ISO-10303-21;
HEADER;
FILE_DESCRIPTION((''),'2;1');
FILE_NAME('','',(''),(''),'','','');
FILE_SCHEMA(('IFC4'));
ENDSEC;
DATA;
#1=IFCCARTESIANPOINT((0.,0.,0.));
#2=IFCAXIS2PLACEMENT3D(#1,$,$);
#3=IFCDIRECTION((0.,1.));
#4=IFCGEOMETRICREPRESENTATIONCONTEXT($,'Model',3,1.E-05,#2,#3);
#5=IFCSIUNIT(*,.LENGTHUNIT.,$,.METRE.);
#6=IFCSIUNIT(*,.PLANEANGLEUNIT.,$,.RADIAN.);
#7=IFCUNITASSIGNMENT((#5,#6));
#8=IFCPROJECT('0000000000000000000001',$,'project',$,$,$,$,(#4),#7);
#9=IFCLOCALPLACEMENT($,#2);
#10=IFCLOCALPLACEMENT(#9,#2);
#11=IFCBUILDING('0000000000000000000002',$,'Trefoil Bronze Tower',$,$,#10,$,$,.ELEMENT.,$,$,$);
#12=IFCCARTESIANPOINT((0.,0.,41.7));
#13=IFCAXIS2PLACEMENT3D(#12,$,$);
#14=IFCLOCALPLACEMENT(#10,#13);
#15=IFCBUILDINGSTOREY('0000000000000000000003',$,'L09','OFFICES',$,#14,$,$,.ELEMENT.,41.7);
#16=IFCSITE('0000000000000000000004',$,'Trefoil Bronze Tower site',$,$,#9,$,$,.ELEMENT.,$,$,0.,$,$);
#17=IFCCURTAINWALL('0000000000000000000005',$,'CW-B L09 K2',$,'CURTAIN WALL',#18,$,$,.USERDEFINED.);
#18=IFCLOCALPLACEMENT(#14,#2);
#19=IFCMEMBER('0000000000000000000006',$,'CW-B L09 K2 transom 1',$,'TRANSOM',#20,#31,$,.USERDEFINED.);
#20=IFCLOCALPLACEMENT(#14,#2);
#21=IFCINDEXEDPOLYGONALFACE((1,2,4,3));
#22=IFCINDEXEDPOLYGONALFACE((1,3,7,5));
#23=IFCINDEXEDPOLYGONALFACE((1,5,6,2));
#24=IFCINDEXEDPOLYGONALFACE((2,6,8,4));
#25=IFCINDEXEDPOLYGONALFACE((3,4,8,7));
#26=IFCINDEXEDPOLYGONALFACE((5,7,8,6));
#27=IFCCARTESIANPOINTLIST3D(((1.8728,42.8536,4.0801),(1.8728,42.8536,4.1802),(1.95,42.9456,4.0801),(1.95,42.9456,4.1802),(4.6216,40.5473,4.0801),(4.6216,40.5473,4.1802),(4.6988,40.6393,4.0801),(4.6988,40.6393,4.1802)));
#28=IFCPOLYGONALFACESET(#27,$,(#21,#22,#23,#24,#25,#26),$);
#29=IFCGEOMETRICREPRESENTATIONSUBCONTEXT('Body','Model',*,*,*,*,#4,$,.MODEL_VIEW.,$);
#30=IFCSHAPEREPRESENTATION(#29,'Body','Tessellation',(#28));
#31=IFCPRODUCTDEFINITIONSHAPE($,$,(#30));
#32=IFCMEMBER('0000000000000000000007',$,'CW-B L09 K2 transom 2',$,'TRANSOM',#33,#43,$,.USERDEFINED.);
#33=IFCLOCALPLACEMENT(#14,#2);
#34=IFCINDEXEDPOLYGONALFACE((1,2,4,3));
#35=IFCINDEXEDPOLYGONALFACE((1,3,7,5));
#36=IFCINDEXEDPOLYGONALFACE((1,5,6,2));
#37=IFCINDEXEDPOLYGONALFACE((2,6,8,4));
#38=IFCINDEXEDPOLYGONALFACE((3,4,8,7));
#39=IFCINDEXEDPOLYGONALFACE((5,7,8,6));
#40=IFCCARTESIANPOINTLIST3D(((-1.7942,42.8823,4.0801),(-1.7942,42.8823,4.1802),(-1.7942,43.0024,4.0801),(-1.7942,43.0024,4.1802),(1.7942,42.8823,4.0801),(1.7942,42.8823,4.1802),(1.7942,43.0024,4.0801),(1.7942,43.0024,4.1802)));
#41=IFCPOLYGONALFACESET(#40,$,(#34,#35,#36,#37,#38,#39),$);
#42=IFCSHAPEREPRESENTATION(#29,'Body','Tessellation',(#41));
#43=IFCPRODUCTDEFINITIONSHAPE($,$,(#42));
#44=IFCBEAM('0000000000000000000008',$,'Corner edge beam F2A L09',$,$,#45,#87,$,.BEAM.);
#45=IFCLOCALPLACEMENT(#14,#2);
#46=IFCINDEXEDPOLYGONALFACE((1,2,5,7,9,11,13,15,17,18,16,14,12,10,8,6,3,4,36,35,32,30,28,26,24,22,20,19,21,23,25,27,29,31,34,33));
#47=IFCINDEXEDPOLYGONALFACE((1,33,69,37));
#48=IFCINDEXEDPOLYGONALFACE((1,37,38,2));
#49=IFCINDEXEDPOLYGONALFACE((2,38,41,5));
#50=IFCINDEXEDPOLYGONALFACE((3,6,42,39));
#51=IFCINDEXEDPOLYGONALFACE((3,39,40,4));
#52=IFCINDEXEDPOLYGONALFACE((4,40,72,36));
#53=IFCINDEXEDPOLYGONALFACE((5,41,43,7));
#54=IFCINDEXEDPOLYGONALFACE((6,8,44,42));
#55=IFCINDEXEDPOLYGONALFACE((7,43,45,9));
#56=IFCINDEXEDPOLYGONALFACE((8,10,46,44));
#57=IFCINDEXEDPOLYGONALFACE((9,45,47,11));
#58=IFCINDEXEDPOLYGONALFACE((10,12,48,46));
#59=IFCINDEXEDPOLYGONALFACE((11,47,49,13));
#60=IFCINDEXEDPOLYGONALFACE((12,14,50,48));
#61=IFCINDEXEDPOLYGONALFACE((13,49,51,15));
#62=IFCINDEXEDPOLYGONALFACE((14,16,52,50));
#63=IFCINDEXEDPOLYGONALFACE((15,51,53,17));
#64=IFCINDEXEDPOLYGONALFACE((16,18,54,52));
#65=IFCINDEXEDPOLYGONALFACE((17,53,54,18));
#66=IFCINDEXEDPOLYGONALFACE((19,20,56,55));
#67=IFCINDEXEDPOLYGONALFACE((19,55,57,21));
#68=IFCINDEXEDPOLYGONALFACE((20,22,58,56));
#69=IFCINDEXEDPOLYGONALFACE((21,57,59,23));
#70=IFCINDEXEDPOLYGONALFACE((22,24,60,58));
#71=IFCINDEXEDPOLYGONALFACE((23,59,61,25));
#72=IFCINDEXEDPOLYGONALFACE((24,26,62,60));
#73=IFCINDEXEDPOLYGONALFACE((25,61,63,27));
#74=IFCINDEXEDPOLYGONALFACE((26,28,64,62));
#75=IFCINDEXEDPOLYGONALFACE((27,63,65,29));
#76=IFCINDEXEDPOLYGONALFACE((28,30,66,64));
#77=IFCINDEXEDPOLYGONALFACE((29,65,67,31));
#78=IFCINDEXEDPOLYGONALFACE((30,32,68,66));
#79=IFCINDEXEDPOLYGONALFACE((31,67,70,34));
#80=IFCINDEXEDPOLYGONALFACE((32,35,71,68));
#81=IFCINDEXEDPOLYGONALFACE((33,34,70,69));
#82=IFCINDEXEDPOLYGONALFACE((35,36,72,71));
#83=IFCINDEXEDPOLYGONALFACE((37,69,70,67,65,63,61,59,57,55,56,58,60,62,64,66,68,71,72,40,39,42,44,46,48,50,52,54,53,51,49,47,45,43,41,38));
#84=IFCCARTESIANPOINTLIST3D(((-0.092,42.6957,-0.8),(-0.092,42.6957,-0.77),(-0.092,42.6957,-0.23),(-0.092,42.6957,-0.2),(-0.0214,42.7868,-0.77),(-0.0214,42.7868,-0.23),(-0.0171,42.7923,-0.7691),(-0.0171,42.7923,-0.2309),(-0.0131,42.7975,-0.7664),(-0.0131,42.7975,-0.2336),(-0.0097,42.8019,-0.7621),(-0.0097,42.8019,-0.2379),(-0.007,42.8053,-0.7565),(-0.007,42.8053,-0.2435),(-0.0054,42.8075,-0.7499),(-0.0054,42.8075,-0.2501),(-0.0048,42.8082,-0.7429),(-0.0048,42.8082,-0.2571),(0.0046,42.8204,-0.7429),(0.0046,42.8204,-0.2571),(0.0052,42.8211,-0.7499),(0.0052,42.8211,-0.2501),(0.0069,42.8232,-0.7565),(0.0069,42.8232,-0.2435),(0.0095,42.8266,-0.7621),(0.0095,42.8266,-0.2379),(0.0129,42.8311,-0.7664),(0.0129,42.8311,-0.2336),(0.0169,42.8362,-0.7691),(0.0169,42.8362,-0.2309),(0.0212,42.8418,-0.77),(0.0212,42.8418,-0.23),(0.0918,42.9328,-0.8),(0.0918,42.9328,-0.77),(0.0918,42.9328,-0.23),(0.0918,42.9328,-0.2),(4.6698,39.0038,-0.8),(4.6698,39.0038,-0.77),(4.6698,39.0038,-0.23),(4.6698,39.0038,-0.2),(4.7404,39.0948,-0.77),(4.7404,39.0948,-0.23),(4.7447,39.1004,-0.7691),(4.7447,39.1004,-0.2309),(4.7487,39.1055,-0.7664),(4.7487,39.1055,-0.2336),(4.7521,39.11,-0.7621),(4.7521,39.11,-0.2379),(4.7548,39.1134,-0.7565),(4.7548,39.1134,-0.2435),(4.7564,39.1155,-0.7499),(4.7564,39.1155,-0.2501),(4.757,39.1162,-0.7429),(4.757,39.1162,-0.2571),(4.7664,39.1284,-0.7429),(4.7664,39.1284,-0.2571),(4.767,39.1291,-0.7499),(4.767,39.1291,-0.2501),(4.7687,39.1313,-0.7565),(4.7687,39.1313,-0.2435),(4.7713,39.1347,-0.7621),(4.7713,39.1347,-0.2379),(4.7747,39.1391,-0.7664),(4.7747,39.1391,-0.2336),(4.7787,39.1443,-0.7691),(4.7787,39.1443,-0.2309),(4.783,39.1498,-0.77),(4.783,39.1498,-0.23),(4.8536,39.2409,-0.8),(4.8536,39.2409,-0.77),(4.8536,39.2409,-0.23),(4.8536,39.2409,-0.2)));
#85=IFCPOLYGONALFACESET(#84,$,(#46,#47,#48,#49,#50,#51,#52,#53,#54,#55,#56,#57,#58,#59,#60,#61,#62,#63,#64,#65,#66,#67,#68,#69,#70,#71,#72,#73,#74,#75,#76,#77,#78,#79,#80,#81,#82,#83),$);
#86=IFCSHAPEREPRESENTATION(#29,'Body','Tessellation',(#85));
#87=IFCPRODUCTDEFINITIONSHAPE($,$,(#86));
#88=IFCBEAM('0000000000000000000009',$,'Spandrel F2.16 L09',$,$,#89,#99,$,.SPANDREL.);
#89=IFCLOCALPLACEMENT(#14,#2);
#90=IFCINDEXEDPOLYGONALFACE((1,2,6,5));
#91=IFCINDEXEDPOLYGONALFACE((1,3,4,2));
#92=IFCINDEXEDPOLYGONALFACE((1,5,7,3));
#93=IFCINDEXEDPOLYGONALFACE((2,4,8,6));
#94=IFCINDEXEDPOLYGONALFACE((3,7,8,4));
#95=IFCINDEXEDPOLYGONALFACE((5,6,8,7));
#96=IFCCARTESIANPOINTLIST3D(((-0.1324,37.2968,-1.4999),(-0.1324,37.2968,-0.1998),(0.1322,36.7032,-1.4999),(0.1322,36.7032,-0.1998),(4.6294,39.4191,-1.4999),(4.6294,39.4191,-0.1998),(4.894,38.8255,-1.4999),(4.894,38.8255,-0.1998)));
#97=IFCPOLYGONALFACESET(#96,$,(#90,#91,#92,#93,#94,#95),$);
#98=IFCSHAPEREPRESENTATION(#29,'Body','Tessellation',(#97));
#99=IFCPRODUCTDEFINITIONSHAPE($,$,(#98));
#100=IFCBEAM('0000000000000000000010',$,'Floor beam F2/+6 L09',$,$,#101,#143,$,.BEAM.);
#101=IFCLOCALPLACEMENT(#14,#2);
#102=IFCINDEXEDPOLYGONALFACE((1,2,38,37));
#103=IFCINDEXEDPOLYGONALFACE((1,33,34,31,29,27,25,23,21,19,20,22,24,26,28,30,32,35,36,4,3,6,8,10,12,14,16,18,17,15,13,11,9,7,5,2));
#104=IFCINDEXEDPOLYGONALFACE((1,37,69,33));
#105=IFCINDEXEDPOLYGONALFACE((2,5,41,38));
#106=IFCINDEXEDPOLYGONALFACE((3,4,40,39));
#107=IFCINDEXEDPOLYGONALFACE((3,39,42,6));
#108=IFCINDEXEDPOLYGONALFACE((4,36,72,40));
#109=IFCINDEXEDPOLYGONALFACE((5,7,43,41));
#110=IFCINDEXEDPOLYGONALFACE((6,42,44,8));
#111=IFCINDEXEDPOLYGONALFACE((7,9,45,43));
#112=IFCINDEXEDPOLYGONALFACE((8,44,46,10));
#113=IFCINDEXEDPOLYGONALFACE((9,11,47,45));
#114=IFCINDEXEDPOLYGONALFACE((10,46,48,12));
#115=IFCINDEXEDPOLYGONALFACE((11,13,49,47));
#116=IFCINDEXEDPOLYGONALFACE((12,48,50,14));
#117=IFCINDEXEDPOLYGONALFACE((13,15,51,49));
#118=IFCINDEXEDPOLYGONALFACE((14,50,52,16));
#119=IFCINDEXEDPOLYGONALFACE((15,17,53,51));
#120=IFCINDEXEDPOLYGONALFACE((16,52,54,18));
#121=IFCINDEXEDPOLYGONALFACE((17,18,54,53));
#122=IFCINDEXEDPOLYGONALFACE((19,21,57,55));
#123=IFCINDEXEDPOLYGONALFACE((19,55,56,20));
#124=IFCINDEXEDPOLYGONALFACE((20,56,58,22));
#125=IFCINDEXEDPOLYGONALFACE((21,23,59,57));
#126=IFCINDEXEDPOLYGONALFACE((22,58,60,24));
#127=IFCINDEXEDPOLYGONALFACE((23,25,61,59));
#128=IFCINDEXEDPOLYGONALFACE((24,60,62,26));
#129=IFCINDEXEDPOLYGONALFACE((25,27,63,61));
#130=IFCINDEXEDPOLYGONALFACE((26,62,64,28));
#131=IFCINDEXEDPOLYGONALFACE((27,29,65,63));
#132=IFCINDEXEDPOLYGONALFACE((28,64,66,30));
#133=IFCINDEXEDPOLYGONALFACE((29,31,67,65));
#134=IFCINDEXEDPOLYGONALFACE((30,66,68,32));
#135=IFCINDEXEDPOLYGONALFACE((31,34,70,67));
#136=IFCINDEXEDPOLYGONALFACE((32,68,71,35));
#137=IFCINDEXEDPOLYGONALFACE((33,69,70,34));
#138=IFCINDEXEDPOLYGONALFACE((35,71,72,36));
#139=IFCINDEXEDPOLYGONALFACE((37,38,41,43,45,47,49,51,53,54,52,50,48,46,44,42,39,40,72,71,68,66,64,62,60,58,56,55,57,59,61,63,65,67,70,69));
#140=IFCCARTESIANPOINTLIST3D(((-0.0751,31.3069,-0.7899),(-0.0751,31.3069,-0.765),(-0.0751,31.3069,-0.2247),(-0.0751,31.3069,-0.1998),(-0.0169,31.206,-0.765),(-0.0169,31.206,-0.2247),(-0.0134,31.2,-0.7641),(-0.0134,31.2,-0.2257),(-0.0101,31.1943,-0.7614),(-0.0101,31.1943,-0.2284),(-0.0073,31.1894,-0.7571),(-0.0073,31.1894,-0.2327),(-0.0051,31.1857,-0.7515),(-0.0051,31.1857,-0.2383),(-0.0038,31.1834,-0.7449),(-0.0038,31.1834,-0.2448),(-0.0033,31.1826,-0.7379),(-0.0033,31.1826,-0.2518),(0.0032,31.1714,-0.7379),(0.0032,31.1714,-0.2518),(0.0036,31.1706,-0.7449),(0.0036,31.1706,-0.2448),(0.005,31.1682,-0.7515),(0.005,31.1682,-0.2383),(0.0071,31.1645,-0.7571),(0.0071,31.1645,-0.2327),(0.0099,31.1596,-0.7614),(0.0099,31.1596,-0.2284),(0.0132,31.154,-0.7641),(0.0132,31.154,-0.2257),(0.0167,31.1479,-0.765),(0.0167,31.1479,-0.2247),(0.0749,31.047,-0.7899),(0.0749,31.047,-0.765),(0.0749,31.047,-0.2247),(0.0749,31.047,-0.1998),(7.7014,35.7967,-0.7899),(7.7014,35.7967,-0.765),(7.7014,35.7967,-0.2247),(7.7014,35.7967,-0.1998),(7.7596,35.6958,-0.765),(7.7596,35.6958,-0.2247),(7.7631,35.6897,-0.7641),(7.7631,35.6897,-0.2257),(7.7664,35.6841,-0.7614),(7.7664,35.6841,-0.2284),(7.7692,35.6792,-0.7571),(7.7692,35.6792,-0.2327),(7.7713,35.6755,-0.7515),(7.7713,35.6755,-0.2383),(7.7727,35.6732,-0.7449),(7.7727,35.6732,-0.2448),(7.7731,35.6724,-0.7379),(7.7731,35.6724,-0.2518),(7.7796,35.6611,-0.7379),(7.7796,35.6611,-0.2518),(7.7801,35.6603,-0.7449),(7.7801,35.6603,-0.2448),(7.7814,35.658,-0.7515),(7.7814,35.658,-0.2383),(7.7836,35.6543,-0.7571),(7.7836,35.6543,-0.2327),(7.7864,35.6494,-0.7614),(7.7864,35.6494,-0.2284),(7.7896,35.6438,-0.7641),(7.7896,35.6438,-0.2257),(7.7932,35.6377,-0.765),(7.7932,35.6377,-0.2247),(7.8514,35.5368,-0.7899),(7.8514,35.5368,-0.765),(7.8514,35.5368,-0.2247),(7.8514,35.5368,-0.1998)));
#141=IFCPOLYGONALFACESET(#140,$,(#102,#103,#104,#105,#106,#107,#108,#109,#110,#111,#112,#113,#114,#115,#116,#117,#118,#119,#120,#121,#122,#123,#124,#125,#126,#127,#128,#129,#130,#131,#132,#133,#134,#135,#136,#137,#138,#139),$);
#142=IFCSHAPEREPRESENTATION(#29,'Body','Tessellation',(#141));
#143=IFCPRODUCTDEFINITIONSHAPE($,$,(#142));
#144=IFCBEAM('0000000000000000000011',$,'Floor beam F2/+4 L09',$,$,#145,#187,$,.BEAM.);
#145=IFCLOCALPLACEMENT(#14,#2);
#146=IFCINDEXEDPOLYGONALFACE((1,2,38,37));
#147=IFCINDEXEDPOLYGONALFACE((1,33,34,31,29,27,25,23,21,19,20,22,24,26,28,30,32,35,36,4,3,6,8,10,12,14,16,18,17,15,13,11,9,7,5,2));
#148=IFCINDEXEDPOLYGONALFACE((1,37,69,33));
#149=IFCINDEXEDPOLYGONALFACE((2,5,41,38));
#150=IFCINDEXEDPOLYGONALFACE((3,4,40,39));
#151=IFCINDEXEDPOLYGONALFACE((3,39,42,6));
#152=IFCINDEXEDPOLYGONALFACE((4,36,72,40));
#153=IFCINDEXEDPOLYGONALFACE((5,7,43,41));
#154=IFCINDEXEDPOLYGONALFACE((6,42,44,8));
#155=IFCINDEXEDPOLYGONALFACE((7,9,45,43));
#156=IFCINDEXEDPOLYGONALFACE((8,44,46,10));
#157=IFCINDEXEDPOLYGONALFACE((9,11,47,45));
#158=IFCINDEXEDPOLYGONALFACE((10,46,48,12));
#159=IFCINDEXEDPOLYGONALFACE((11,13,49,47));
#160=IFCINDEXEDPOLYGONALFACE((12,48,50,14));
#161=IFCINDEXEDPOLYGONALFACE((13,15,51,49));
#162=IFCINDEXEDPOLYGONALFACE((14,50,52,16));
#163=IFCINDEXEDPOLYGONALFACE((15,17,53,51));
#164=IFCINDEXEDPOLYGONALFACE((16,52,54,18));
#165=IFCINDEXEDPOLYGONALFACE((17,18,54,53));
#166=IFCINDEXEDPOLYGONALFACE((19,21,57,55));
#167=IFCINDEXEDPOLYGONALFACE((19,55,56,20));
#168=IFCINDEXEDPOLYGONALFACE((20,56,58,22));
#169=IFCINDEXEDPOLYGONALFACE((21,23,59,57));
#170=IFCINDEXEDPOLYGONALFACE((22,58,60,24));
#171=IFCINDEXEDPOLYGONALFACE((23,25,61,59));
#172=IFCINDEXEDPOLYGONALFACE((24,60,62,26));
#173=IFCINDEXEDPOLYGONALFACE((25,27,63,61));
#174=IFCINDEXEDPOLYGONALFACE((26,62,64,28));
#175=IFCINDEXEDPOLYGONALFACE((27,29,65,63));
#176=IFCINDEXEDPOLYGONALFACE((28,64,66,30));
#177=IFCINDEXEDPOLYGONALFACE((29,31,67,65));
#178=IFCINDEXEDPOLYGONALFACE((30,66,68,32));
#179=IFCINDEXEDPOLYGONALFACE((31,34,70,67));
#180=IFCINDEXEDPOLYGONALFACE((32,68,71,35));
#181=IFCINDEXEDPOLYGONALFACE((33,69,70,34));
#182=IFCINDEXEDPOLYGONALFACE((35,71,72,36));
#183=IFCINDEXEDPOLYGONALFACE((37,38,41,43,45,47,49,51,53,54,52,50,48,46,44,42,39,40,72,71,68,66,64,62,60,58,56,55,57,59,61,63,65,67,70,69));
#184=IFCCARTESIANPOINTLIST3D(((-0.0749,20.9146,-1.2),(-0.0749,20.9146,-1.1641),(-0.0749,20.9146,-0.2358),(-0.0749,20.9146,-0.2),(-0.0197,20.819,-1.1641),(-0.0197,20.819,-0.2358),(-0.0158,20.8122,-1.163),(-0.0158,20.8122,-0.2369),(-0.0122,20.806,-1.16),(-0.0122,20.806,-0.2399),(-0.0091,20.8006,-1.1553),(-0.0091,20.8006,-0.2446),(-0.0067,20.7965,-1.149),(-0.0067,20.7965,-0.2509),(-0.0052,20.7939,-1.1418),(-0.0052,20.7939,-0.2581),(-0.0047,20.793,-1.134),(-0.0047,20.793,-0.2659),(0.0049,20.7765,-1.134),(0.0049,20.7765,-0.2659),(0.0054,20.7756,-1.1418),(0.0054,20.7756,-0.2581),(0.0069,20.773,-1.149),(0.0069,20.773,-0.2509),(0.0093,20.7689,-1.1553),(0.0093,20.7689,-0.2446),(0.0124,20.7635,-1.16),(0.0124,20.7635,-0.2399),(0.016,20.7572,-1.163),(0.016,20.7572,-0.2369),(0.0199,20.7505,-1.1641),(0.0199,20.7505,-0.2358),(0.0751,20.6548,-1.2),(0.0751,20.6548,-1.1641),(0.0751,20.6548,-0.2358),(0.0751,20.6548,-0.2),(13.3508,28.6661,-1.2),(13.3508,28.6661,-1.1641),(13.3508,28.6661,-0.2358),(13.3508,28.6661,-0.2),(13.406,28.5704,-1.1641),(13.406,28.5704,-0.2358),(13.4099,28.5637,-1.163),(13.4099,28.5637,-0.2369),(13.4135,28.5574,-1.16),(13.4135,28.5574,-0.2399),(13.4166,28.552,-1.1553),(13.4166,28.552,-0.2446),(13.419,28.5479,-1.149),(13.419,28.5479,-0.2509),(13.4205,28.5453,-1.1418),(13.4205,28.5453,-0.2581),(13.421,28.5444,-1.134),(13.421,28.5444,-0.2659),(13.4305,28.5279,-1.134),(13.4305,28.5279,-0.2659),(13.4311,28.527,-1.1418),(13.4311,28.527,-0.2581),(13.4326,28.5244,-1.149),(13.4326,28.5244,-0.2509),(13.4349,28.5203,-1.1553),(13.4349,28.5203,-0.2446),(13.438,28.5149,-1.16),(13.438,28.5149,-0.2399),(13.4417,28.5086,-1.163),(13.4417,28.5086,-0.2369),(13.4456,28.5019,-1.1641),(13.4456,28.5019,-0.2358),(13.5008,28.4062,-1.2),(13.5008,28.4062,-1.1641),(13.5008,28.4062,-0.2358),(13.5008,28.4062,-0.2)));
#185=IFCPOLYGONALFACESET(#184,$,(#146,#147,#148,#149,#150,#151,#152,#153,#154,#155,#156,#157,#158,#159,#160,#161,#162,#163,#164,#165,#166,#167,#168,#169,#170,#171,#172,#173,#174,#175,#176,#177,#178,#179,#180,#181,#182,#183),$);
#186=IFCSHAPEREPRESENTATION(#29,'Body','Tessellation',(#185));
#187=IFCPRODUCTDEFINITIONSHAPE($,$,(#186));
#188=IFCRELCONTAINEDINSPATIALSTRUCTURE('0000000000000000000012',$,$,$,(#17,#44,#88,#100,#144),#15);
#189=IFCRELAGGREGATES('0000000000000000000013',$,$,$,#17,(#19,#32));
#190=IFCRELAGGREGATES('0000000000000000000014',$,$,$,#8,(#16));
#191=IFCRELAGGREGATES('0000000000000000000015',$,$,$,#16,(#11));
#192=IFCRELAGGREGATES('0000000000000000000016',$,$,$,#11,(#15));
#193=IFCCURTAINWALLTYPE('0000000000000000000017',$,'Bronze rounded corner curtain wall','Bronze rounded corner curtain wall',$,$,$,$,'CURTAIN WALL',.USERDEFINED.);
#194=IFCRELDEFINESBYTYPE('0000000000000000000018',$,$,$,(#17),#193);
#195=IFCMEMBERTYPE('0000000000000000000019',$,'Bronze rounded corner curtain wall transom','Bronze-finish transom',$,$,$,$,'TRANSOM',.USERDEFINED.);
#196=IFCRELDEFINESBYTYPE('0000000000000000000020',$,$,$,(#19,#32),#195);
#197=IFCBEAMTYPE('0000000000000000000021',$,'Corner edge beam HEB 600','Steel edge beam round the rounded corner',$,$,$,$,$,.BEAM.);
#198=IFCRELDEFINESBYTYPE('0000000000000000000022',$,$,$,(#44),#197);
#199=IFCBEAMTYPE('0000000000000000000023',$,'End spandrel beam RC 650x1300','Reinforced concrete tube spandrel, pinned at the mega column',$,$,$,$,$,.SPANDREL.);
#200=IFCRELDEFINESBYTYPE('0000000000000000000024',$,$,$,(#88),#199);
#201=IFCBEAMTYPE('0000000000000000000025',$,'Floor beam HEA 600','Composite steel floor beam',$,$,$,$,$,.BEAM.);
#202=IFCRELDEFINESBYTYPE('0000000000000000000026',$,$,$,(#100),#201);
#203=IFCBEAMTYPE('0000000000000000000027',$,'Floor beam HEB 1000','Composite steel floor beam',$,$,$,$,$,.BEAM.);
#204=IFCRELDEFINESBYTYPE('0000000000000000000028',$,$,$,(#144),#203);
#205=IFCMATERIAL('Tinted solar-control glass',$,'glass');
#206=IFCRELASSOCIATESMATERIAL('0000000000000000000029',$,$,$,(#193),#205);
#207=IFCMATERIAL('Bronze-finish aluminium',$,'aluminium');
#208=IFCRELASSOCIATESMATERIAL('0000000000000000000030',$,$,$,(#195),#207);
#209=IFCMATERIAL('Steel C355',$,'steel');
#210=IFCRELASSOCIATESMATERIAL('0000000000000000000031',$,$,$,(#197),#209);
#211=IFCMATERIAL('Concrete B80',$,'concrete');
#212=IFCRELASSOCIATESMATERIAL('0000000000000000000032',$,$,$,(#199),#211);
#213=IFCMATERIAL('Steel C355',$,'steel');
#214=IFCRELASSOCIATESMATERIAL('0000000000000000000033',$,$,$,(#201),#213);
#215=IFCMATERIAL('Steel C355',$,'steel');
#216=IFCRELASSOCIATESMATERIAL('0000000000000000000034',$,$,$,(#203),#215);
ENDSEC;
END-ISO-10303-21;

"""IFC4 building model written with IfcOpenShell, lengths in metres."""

from ifc_helpers import new_model, si_unit, direction, frame, origin, origin_2d, place, context, subcontext, project, spatial, rectangle, i_section, extrude, material, material_profile, profile_set, type_object, element, aggregate, save


model = new_model("IFC4")

# Units and contexts
model_context = context("Model", 3, precision=1e-05, world=origin(), true_north=direction((0.0, 1.0)))
body_context = subcontext(model_context, "Body", "Model", "MODEL_VIEW")
ifc_project = project(units=[si_unit("LENGTHUNIT", "METRE"), si_unit("PLANEANGLEUNIT", "RADIAN")], contexts=[model_context])

# Site, building, storey
site_placement = place(None, origin())
site = spatial("IfcSite", under=ifc_project, at=site_placement, Name="Trefoil Bronze Tower site", CompositionType="ELEMENT", RefElevation=0.0)
building_placement = place(site_placement, origin())
building = spatial("IfcBuilding", under=site, at=building_placement, Name="Trefoil Bronze Tower", CompositionType="ELEMENT")
storey_placement = place(building_placement, frame((0.0, 0.0, 41.7)))
storey = spatial("IfcBuildingStorey", under=building, at=storey_placement, Name="L09", Description="OFFICES", CompositionType="ELEMENT", Elevation=41.7)

# Curtain wall, members
ifc_material_1 = material(Name="Tinted solar-control glass", Category="glass")
curtain_wall_type_1 = type_object("IfcCurtainWallType", Name="Bronze rounded corner curtain wall", Description="Bronze rounded corner curtain wall", ElementType="CURTAIN WALL", PredefinedType="USERDEFINED", material=ifc_material_1)
curtain_wall_1_placement = place(storey_placement, origin())
curtain_wall_1 = element("IfcCurtainWall", 1, at=curtain_wall_1_placement, inside=storey, type_object=curtain_wall_type_1, Name="CW-B L09 K2", ObjectType="CURTAIN WALL", PredefinedType="USERDEFINED")
ifc_material_2 = material(Name="Bronze-finish aluminium", Category="aluminium")
ifc_material_profile_1 = material_profile(ifc_material_2, rectangle(XDim=0.1201, YDim=0.1001, at=origin_2d()), Name="CW-B transom")
ifc_profile_set_1 = profile_set([ifc_material_profile_1], Name="Bronze-finish aluminium")
member_type_1 = type_object("IfcMemberType", Name="Bronze rounded corner curtain wall transom", Description="Bronze-finish transom", ElementType="TRANSOM", PredefinedType="USERDEFINED", material=ifc_profile_set_1)
member_1_placement = place(storey_placement, frame((4.6602, 40.5933, 4.1301), z_axis=(-0.766059, 0.642771, 0.0), x_axis=(-0.642771, -0.766059, 0.0)))
member_1 = element("IfcMember", 2, at=member_1_placement, type_object=member_type_1, Name="CW-B L09 K2 transom 1", ObjectType="TRANSOM", PredefinedType="USERDEFINED", context=body_context, shape_type="SweptSolid", body=[
    extrude(rectangle(XDim=0.1201, YDim=0.1001, at=origin_2d()), origin(), (0.0, 0.0, 1.0), 3.5881),
])
member_2_placement = place(storey_placement, frame((1.7942, 42.9424, 4.1301), z_axis=(-1.0, 0.0, 0.0), x_axis=(0.0, -1.0, 0.0)))
member_2 = element("IfcMember", 3, at=member_2_placement, type_object=member_type_1, Name="CW-B L09 K2 transom 2", ObjectType="TRANSOM", PredefinedType="USERDEFINED", context=body_context, shape_type="SweptSolid", body=[
    extrude(rectangle(XDim=0.1201, YDim=0.1001, at=origin_2d()), origin(), (0.0, 0.0, 1.0), 3.5884),
])

# Beams
ifc_material_3 = material(Name="Steel C355", Category="steel")
ifc_material_profile_2 = material_profile(ifc_material_3, i_section(OverallWidth=0.3, OverallDepth=0.6001, WebThickness=0.0154, FlangeThickness=0.03, FilletRadius=0.0271, at=origin_2d()), Name="HEB 600")
ifc_profile_set_2 = profile_set([ifc_material_profile_2], Name="Steel C355")
beam_type_1 = type_object("IfcBeamType", Name="Corner edge beam HEB 600", Description="Steel edge beam round the rounded corner", PredefinedType="BEAM", material=ifc_profile_set_2)
beam_1_placement = place(storey_placement, frame((4.7617, 39.1223, -0.5), z_axis=(-0.790289, 0.612734, 0.0), x_axis=(-0.612734, -0.790289, 0.0)))
element("IfcBeam", 4, at=beam_1_placement, inside=storey, type_object=beam_type_1, Name="Corner edge beam F2A L09", PredefinedType="BEAM", context=body_context, shape_type="SweptSolid", body=[
    extrude(i_section(OverallWidth=0.3, OverallDepth=0.6001, WebThickness=0.0154, FlangeThickness=0.03, FilletRadius=0.0271, at=origin_2d()), origin(), (0.0, 0.0, 1.0), 6.0254),
])
ifc_material_4 = material(Name="Concrete B80", Category="concrete")
ifc_material_profile_3 = material_profile(ifc_material_4, rectangle(XDim=0.6499, YDim=1.3, at=origin_2d()), Name="RC 650x1300")
ifc_profile_set_3 = profile_set([ifc_material_profile_3], Name="Concrete B80")
beam_type_2 = type_object("IfcBeamType", Name="End spandrel beam RC 650x1300", Description="Reinforced concrete tube spandrel, pinned at the mega column", PredefinedType="SPANDREL", material=ifc_profile_set_3)
beam_2_placement = place(storey_placement, frame((4.7617, 39.1223, -0.8499), z_axis=(-0.913384, -0.407099, 0.0), x_axis=(0.407099, -0.913384, 0.0)))
element("IfcBeam", 5, at=beam_2_placement, inside=storey, type_object=beam_type_2, Name="Spandrel F2.16 L09", PredefinedType="SPANDREL", context=body_context, shape_type="SweptSolid", body=[
    extrude(rectangle(XDim=0.6499, YDim=1.3, at=origin_2d()), origin(), (0.0, 0.0, 1.0), 5.2134),
])
ifc_material_5 = material(Name="Steel C355", Category="steel")
ifc_material_profile_4 = material_profile(ifc_material_5, i_section(OverallWidth=0.3, OverallDepth=0.5901, WebThickness=0.0129, FlangeThickness=0.0249, FilletRadius=0.0271, at=origin_2d()), Name="HEA 600")
ifc_profile_set_4 = profile_set([ifc_material_profile_4], Name="Steel C355")
beam_type_3 = type_object("IfcBeamType", Name="Floor beam HEA 600", Description="Composite steel floor beam", PredefinedType="BEAM", material=ifc_profile_set_4)
beam_3_placement = place(storey_placement, frame((7.7764, 35.6667, -0.4949), z_axis=(-0.866023, -0.500005, 0.0), x_axis=(0.500005, -0.866023, 0.0)))
element("IfcBeam", 6, at=beam_3_placement, inside=storey, type_object=beam_type_3, Name="Floor beam F2/+6 L09", PredefinedType="BEAM", context=body_context, shape_type="SweptSolid", body=[
    extrude(i_section(OverallWidth=0.3, OverallDepth=0.5901, WebThickness=0.0129, FlangeThickness=0.0249, FilletRadius=0.0271, at=origin_2d()), origin(), (0.0, 0.0, 1.0), 8.9795),
])
ifc_material_6 = material(Name="Steel C355", Category="steel")
ifc_material_profile_5 = material_profile(ifc_material_6, i_section(OverallWidth=0.3, OverallDepth=1.0, WebThickness=0.019, FlangeThickness=0.0359, FilletRadius=0.03, at=origin_2d()), Name="HEB 1000")
ifc_profile_set_5 = profile_set([ifc_material_profile_5], Name="Steel C355")
beam_type_4 = type_object("IfcBeamType", Name="Floor beam HEB 1000", Description="Composite steel floor beam", PredefinedType="BEAM", material=ifc_profile_set_5)
beam_4_placement = place(storey_placement, frame((13.4258, 28.5361, -0.7), z_axis=(-0.866023, -0.500004, 0.0), x_axis=(0.500004, -0.866023, 0.0)))
element("IfcBeam", 7, at=beam_4_placement, inside=storey, type_object=beam_type_4, Name="Floor beam F2/+4 L09", PredefinedType="BEAM", context=body_context, shape_type="SweptSolid", body=[
    extrude(i_section(OverallWidth=0.3, OverallDepth=1.0, WebThickness=0.019, FlangeThickness=0.0359, FilletRadius=0.03, at=origin_2d()), origin(), (0.0, 0.0, 1.0), 15.5027),
])

aggregate(curtain_wall_1, [member_1, member_2])

save(model, "model.ifc")
